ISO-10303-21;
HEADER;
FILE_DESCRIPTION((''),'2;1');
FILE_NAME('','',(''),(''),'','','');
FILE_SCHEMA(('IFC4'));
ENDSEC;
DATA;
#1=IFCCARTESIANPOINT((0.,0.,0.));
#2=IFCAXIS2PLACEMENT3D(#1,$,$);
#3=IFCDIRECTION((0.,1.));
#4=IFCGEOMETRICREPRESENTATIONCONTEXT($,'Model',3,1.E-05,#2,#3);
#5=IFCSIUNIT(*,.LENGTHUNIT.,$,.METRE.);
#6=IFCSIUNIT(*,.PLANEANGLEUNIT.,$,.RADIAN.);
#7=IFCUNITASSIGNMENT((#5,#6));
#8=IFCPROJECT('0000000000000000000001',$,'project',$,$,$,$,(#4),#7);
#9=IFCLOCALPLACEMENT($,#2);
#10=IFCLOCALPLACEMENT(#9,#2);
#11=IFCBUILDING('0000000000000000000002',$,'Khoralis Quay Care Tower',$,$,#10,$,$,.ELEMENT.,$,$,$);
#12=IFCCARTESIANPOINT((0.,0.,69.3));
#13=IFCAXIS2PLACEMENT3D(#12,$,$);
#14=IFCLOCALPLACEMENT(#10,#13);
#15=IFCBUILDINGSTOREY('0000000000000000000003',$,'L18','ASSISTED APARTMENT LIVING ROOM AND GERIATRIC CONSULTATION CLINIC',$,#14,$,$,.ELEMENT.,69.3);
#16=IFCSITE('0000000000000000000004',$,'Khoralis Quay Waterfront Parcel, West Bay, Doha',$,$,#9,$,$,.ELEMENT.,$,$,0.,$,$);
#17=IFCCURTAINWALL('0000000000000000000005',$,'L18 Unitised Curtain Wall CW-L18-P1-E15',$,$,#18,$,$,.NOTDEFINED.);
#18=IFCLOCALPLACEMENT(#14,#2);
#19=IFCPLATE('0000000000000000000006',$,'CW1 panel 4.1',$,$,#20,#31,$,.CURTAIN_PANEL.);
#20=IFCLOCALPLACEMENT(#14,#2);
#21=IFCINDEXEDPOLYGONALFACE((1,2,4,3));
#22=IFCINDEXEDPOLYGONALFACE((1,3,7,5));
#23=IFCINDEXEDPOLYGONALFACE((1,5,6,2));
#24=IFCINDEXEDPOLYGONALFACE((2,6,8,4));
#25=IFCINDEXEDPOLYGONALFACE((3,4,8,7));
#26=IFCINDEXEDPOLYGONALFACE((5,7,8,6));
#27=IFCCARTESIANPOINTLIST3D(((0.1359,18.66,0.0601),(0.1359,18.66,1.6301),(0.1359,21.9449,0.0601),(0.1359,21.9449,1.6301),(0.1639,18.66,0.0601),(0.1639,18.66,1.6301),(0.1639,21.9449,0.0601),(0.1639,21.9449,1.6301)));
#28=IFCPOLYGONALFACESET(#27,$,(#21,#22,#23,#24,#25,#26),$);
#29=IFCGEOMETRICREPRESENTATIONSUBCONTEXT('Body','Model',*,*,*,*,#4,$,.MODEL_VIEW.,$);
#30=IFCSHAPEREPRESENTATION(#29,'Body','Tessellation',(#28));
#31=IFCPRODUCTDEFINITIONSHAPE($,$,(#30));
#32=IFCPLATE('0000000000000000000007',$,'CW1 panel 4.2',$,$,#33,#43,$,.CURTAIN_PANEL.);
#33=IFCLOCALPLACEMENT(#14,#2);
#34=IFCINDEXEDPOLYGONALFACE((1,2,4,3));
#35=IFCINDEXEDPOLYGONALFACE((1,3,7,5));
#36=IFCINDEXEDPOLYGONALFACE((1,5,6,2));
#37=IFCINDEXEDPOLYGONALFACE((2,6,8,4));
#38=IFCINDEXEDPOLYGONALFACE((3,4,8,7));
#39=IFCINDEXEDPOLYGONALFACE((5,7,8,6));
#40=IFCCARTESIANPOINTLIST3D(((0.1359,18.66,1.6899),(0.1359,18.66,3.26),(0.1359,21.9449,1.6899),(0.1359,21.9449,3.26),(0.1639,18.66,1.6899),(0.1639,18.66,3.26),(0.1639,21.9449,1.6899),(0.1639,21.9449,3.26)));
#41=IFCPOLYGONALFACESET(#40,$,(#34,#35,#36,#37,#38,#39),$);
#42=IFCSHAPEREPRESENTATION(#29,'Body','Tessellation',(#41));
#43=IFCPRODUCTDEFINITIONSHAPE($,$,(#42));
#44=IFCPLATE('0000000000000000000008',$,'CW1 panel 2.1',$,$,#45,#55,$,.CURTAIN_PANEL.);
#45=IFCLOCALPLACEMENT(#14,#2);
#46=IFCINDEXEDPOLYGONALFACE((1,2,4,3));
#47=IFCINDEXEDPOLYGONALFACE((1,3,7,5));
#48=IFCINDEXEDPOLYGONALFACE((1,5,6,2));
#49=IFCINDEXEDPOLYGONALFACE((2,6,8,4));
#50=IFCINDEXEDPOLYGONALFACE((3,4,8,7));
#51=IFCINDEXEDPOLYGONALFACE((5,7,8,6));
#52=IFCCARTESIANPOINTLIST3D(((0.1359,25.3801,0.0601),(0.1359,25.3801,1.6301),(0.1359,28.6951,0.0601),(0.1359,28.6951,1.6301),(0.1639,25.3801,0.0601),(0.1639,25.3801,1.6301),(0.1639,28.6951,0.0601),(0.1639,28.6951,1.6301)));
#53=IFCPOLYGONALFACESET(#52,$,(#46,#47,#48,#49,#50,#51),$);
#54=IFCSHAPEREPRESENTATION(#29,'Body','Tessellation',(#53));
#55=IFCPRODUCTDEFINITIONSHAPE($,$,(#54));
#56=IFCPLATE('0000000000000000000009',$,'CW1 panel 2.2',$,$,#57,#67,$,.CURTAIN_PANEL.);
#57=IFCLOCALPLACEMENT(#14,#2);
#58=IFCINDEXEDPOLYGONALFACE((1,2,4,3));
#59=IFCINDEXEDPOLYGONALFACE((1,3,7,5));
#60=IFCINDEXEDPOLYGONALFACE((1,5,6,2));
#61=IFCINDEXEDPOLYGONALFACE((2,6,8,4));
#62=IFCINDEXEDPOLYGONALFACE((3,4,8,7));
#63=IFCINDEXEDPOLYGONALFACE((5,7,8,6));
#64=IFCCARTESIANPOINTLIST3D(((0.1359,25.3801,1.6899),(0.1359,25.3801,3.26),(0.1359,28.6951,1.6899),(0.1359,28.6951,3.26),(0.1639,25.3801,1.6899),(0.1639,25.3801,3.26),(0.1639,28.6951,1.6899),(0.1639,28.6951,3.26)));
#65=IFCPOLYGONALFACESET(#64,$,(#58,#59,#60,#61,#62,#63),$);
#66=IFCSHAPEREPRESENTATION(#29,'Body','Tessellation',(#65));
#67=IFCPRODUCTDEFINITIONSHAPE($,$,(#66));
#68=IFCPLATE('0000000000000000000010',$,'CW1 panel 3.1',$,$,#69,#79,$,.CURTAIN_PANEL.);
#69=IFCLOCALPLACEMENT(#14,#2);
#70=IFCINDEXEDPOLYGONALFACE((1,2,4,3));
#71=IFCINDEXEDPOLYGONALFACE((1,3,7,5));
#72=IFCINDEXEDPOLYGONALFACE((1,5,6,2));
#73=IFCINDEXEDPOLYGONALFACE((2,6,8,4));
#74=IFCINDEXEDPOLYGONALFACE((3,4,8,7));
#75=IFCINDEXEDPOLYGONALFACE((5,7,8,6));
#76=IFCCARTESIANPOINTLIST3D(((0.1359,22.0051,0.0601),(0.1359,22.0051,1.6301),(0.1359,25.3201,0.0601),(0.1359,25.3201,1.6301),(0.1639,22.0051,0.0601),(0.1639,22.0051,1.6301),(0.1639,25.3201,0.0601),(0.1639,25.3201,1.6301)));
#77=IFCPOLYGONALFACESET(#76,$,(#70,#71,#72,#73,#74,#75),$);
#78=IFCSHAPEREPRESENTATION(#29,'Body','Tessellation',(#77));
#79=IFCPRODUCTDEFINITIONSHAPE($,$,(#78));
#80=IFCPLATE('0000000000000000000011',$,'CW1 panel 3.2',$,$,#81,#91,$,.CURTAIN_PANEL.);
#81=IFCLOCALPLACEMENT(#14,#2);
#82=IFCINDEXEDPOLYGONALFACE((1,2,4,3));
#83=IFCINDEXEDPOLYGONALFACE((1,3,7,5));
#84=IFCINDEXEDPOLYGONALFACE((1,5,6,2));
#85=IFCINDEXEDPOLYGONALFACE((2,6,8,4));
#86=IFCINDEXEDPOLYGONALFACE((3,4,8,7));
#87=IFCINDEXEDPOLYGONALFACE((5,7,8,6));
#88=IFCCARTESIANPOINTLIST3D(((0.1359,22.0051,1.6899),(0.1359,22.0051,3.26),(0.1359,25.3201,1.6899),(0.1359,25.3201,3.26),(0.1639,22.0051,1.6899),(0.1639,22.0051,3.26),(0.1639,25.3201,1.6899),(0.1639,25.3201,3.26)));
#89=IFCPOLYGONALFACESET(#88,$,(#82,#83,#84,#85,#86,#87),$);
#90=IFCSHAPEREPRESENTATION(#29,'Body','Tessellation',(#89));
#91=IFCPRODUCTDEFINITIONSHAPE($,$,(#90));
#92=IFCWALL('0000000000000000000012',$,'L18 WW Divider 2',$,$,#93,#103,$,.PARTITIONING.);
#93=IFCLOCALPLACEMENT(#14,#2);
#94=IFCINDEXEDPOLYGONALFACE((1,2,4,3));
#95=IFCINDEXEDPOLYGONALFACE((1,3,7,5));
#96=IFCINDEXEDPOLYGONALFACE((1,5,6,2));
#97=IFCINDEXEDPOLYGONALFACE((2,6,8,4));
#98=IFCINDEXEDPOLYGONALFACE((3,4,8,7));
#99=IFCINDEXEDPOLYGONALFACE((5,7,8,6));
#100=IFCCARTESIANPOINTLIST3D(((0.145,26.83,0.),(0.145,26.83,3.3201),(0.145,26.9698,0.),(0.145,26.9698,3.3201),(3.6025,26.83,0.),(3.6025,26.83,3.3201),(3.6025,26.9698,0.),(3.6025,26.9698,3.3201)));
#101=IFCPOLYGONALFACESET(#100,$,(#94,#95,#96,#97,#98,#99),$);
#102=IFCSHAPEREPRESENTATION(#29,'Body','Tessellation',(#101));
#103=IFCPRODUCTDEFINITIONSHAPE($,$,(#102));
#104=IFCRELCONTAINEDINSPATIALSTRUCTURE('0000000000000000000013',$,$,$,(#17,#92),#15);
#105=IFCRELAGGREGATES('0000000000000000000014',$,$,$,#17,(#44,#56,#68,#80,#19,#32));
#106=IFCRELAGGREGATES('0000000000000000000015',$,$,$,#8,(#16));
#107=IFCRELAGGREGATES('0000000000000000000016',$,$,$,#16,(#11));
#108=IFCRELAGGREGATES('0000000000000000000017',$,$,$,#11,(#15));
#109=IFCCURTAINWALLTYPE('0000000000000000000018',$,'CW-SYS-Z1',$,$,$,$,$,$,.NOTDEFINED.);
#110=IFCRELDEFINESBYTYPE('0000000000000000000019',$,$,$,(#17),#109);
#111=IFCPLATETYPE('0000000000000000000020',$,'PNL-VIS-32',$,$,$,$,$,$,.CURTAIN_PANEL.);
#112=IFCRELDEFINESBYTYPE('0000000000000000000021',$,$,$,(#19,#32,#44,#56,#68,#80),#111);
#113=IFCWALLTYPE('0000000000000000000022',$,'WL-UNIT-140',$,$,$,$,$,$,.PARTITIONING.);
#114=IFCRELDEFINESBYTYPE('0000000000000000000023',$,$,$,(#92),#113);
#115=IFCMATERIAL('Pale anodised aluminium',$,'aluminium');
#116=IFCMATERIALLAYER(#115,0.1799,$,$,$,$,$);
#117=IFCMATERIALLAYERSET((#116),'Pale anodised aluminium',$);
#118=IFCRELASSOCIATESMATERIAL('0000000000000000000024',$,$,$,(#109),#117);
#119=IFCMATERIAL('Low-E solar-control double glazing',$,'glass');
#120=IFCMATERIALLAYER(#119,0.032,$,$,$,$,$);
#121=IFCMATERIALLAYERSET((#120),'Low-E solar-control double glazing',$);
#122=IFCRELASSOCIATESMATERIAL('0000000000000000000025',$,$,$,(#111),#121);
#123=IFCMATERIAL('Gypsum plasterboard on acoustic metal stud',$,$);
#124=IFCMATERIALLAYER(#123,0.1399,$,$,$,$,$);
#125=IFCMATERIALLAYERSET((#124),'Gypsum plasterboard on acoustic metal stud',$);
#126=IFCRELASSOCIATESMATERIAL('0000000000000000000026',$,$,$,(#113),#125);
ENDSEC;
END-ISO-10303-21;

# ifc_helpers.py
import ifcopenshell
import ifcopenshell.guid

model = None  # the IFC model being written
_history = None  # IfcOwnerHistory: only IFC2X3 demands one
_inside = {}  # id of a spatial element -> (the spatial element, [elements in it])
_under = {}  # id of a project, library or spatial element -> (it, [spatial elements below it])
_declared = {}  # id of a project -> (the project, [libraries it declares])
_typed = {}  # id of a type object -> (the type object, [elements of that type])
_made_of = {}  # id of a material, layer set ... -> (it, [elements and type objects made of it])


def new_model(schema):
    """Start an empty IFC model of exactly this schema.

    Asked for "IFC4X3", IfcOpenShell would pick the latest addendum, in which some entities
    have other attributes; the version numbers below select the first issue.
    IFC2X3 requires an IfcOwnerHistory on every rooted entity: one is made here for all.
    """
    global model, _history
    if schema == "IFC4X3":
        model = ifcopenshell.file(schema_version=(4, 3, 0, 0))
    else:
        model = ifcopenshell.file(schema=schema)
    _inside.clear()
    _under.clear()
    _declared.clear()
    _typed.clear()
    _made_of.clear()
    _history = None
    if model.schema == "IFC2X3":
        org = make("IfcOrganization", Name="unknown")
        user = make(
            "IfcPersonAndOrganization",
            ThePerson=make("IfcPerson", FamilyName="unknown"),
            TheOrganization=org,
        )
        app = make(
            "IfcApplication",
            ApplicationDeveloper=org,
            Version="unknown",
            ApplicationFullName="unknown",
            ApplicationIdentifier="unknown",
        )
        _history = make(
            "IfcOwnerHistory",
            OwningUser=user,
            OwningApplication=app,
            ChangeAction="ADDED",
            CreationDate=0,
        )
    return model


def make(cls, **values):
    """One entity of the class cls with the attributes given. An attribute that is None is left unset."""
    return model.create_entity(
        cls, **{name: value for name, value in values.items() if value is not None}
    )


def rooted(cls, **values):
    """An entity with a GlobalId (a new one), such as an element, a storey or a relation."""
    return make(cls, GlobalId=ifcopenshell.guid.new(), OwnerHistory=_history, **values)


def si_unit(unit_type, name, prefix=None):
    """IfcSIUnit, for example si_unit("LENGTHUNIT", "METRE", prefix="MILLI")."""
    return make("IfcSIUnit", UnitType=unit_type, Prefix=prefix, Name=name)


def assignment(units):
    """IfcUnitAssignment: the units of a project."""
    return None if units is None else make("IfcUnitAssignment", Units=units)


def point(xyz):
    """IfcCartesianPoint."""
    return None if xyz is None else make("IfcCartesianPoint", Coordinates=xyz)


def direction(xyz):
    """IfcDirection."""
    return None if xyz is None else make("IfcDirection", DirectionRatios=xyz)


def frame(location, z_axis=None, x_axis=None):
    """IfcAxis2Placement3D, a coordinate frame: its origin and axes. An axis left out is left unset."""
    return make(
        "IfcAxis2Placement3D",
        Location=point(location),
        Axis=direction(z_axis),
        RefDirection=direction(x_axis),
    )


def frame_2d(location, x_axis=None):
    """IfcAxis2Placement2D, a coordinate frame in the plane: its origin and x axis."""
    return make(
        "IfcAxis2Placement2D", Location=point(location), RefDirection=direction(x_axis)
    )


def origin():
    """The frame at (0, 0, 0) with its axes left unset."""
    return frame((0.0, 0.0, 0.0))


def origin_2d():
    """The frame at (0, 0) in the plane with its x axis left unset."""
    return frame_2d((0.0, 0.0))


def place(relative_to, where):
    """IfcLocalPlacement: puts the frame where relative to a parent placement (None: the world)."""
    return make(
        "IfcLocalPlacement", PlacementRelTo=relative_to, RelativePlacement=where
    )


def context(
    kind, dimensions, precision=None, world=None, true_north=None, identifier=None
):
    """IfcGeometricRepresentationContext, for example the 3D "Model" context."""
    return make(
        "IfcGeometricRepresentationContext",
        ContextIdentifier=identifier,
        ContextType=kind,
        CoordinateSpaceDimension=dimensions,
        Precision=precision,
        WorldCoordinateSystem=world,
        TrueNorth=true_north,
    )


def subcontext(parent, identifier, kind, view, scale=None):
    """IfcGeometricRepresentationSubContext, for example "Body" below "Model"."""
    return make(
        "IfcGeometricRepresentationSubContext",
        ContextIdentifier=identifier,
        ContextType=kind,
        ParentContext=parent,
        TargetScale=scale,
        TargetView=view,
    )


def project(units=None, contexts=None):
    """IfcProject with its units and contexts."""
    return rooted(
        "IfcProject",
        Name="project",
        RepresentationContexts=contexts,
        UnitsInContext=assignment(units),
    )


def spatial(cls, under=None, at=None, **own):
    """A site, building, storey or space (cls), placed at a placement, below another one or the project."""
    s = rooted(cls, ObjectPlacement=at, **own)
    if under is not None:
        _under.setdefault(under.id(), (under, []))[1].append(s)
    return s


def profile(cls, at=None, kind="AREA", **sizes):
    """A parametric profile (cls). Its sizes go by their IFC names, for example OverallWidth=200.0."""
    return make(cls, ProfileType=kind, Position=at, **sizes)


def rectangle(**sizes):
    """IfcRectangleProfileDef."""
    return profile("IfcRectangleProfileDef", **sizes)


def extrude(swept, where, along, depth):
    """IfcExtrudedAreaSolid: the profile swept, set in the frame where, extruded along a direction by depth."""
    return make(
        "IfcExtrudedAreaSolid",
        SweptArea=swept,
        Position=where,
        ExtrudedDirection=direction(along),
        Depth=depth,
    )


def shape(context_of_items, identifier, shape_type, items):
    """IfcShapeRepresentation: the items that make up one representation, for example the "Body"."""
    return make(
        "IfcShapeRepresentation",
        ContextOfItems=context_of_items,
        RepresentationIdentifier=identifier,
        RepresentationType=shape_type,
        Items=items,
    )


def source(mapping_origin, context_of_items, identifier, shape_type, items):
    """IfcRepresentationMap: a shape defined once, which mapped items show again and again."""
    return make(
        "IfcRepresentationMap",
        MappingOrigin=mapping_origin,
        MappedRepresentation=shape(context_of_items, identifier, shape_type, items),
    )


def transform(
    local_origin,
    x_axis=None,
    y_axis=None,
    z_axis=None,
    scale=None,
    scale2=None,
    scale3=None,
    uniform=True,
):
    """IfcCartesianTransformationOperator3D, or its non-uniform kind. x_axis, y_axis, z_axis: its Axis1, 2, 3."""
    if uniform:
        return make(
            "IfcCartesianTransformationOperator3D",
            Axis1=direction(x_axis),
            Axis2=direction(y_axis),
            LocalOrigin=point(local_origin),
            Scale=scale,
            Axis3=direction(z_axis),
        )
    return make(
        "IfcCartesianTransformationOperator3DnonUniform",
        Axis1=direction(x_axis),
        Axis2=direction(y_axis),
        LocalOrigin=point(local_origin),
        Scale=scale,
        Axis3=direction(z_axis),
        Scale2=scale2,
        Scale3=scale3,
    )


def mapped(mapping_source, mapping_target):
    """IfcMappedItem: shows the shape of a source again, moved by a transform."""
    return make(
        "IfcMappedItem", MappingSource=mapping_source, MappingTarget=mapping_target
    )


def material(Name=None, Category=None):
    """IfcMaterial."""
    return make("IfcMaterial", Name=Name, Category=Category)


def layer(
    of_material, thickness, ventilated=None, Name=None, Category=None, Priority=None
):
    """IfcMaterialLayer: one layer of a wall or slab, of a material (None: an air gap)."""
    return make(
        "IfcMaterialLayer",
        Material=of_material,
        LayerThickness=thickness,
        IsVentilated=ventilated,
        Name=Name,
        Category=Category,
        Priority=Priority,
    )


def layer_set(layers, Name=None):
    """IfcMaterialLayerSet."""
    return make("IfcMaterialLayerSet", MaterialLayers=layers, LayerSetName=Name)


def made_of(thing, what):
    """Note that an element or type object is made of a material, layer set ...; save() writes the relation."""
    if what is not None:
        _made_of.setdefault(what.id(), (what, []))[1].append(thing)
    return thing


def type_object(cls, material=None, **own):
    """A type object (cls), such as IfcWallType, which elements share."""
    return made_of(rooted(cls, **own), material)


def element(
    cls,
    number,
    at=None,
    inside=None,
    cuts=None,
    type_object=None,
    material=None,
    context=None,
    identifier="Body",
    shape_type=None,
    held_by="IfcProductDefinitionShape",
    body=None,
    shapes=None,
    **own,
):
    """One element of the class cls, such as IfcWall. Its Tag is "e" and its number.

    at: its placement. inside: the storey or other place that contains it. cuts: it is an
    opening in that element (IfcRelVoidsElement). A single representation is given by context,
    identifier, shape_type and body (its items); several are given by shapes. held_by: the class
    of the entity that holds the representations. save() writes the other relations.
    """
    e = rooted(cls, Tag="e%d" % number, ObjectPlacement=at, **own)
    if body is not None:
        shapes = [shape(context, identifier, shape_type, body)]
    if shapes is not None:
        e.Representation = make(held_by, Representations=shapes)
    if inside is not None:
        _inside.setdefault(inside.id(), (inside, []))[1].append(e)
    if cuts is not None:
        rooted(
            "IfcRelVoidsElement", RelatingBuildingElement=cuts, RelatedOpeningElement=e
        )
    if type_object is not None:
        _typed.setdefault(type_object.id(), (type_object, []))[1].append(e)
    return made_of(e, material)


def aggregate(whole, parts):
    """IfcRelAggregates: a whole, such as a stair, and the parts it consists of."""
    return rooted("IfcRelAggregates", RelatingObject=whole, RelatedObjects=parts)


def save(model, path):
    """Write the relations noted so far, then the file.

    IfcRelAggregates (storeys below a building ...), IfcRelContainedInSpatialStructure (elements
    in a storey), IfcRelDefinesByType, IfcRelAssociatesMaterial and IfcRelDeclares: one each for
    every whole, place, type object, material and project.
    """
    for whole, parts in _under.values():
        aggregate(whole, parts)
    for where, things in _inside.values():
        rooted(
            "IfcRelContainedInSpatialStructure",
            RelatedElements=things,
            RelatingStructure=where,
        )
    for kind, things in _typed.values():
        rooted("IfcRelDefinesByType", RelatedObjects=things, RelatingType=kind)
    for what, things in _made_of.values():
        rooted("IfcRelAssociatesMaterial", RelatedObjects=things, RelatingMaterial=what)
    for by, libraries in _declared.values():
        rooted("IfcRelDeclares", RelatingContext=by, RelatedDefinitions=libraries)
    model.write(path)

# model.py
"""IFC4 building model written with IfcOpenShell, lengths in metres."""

from ifc_helpers import new_model, si_unit, direction, frame, frame_2d, origin, origin_2d, place, context, subcontext, project, spatial, rectangle, extrude, source, transform, mapped, material, layer, layer_set, type_object, element, aggregate, save


model = new_model("IFC4")

# Units and contexts
model_context = context("Model", 3, precision=1e-05, world=origin(), true_north=direction((0.0, 1.0)))
body_context = subcontext(model_context, "Body", "Model", "MODEL_VIEW")
ifc_project = project(units=[si_unit("LENGTHUNIT", "METRE"), si_unit("PLANEANGLEUNIT", "RADIAN")], contexts=[model_context])

# Site, building, storey
site_placement = place(None, origin())
site = spatial("IfcSite", under=ifc_project, at=site_placement, Name="Khoralis Quay Waterfront Parcel, West Bay, Doha", CompositionType="ELEMENT", RefElevation=0.0)
building_placement = place(site_placement, origin())
building = spatial("IfcBuilding", under=site, at=building_placement, Name="Khoralis Quay Care Tower", CompositionType="ELEMENT")
storey_placement = place(building_placement, frame((0.0, 0.0, 69.3)))
storey = spatial("IfcBuildingStorey", under=building, at=storey_placement, Name="L18", Description="ASSISTED APARTMENT LIVING ROOM AND GERIATRIC CONSULTATION CLINIC", CompositionType="ELEMENT", Elevation=69.3)

# Curtain wall, plates
ifc_material_1 = material(Name="Pale anodised aluminium", Category="aluminium")
ifc_layer_1 = layer(ifc_material_1, 0.1799)
ifc_layer_set_1 = layer_set([ifc_layer_1], Name="Pale anodised aluminium")
curtain_wall_type = type_object("IfcCurtainWallType", Name="CW-SYS-Z1", PredefinedType="NOTDEFINED", material=ifc_layer_set_1)
curtain_wall_placement = place(storey_placement, origin())
curtain_wall = element("IfcCurtainWall", 1, at=curtain_wall_placement, inside=storey, type_object=curtain_wall_type, Name="L18 Unitised Curtain Wall CW-L18-P1-E15", PredefinedType="NOTDEFINED")
ifc_material_2 = material(Name="Low-E solar-control double glazing", Category="glass")
ifc_layer_2 = layer(ifc_material_2, 0.032)
ifc_layer_set_2 = layer_set([ifc_layer_2], Name="Low-E solar-control double glazing")
plate_type = type_object("IfcPlateType", Name="PNL-VIS-32", PredefinedType="CURTAIN_PANEL", material=ifc_layer_set_2)
shared_shape_1 = source(origin(), body_context, "Body", "SweptSolid", [
    extrude(rectangle(XDim=3.2849, YDim=0.0281, at=origin_2d()), origin(), (0.0, 0.0, 1.0), 1.5701),
])
plate_1_placement = place(storey_placement, frame((0.1499, 20.3025, 0.0601), z_axis=(0.0, 0.0, 1.0), x_axis=(0.0, -1.0, 0.0)))
plate_1 = element("IfcPlate", 2, at=plate_1_placement, type_object=plate_type, Name="CW1 panel 4.1", PredefinedType="CURTAIN_PANEL", context=body_context, shape_type="MappedRepresentation", body=[
    mapped(shared_shape_1, transform((0.0, 0.0, 0.0), scale=1.0)),
])
plate_2_placement = place(storey_placement, frame((0.1499, 20.3025, 1.6899), z_axis=(0.0, 0.0, 1.0), x_axis=(0.0, -1.0, 0.0)))
plate_2 = element("IfcPlate", 3, at=plate_2_placement, type_object=plate_type, Name="CW1 panel 4.2", PredefinedType="CURTAIN_PANEL", context=body_context, shape_type="MappedRepresentation", body=[
    mapped(shared_shape_1, transform((0.0, 0.0, 0.0), scale=1.0)),
])
shared_shape_2 = source(origin(), body_context, "Body", "SweptSolid", [
    extrude(rectangle(XDim=3.3149, YDim=0.0281, at=origin_2d()), origin(), (0.0, 0.0, 1.0), 1.5701),
])
plate_3_placement = place(storey_placement, frame((0.1499, 27.0376, 0.0601), z_axis=(0.0, 0.0, 1.0), x_axis=(0.0, -1.0, 0.0)))
plate_3 = element("IfcPlate", 4, at=plate_3_placement, type_object=plate_type, Name="CW1 panel 2.1", PredefinedType="CURTAIN_PANEL", context=body_context, shape_type="MappedRepresentation", body=[
    mapped(shared_shape_2, transform((0.0, 0.0, 0.0), scale=1.0)),
])
plate_4_placement = place(storey_placement, frame((0.1499, 27.0376, 1.6899), z_axis=(0.0, 0.0, 1.0), x_axis=(0.0, -1.0, 0.0)))
plate_4 = element("IfcPlate", 5, at=plate_4_placement, type_object=plate_type, Name="CW1 panel 2.2", PredefinedType="CURTAIN_PANEL", context=body_context, shape_type="MappedRepresentation", body=[
    mapped(shared_shape_2, transform((0.0, 0.0, 0.0), scale=1.0)),
])
plate_5_placement = place(storey_placement, frame((0.1499, 23.6626, 0.0601), z_axis=(0.0, 0.0, 1.0), x_axis=(0.0, -1.0, 0.0)))
plate_5 = element("IfcPlate", 6, at=plate_5_placement, type_object=plate_type, Name="CW1 panel 3.1", PredefinedType="CURTAIN_PANEL", context=body_context, shape_type="MappedRepresentation", body=[
    mapped(shared_shape_2, transform((0.0, 0.0, 0.0), scale=1.0)),
])
plate_6_placement = place(storey_placement, frame((0.1499, 23.6626, 1.6899), z_axis=(0.0, 0.0, 1.0), x_axis=(0.0, -1.0, 0.0)))
plate_6 = element("IfcPlate", 7, at=plate_6_placement, type_object=plate_type, Name="CW1 panel 3.2", PredefinedType="CURTAIN_PANEL", context=body_context, shape_type="MappedRepresentation", body=[
    mapped(shared_shape_2, transform((0.0, 0.0, 0.0), scale=1.0)),
])
aggregate(curtain_wall, [plate_3, plate_4, plate_5, plate_6, plate_1, plate_2])

# Wall
ifc_material_3 = material(Name="Gypsum plasterboard on acoustic metal stud")
ifc_layer_3 = layer(ifc_material_3, 0.1399)
ifc_layer_set_3 = layer_set([ifc_layer_3], Name="Gypsum plasterboard on acoustic metal stud")
wall_type = type_object("IfcWallType", Name="WL-UNIT-140", PredefinedType="PARTITIONING", material=ifc_layer_set_3)
wall_placement = place(storey_placement, frame((0.145, 26.8999, 0.0), z_axis=(0.0, 0.0, 1.0), x_axis=(1.0, 0.0, 0.0)))
element("IfcWall", 8, at=wall_placement, inside=storey, type_object=wall_type, Name="L18 WW Divider 2", PredefinedType="PARTITIONING", context=body_context, shape_type="SweptSolid", body=[
    extrude(rectangle(XDim=3.4575, YDim=0.1399, at=frame_2d((1.7288, 0.0))), origin(), (0.0, 0.0, 1.0), 3.3201),
])

save(model, "model.ifc")
